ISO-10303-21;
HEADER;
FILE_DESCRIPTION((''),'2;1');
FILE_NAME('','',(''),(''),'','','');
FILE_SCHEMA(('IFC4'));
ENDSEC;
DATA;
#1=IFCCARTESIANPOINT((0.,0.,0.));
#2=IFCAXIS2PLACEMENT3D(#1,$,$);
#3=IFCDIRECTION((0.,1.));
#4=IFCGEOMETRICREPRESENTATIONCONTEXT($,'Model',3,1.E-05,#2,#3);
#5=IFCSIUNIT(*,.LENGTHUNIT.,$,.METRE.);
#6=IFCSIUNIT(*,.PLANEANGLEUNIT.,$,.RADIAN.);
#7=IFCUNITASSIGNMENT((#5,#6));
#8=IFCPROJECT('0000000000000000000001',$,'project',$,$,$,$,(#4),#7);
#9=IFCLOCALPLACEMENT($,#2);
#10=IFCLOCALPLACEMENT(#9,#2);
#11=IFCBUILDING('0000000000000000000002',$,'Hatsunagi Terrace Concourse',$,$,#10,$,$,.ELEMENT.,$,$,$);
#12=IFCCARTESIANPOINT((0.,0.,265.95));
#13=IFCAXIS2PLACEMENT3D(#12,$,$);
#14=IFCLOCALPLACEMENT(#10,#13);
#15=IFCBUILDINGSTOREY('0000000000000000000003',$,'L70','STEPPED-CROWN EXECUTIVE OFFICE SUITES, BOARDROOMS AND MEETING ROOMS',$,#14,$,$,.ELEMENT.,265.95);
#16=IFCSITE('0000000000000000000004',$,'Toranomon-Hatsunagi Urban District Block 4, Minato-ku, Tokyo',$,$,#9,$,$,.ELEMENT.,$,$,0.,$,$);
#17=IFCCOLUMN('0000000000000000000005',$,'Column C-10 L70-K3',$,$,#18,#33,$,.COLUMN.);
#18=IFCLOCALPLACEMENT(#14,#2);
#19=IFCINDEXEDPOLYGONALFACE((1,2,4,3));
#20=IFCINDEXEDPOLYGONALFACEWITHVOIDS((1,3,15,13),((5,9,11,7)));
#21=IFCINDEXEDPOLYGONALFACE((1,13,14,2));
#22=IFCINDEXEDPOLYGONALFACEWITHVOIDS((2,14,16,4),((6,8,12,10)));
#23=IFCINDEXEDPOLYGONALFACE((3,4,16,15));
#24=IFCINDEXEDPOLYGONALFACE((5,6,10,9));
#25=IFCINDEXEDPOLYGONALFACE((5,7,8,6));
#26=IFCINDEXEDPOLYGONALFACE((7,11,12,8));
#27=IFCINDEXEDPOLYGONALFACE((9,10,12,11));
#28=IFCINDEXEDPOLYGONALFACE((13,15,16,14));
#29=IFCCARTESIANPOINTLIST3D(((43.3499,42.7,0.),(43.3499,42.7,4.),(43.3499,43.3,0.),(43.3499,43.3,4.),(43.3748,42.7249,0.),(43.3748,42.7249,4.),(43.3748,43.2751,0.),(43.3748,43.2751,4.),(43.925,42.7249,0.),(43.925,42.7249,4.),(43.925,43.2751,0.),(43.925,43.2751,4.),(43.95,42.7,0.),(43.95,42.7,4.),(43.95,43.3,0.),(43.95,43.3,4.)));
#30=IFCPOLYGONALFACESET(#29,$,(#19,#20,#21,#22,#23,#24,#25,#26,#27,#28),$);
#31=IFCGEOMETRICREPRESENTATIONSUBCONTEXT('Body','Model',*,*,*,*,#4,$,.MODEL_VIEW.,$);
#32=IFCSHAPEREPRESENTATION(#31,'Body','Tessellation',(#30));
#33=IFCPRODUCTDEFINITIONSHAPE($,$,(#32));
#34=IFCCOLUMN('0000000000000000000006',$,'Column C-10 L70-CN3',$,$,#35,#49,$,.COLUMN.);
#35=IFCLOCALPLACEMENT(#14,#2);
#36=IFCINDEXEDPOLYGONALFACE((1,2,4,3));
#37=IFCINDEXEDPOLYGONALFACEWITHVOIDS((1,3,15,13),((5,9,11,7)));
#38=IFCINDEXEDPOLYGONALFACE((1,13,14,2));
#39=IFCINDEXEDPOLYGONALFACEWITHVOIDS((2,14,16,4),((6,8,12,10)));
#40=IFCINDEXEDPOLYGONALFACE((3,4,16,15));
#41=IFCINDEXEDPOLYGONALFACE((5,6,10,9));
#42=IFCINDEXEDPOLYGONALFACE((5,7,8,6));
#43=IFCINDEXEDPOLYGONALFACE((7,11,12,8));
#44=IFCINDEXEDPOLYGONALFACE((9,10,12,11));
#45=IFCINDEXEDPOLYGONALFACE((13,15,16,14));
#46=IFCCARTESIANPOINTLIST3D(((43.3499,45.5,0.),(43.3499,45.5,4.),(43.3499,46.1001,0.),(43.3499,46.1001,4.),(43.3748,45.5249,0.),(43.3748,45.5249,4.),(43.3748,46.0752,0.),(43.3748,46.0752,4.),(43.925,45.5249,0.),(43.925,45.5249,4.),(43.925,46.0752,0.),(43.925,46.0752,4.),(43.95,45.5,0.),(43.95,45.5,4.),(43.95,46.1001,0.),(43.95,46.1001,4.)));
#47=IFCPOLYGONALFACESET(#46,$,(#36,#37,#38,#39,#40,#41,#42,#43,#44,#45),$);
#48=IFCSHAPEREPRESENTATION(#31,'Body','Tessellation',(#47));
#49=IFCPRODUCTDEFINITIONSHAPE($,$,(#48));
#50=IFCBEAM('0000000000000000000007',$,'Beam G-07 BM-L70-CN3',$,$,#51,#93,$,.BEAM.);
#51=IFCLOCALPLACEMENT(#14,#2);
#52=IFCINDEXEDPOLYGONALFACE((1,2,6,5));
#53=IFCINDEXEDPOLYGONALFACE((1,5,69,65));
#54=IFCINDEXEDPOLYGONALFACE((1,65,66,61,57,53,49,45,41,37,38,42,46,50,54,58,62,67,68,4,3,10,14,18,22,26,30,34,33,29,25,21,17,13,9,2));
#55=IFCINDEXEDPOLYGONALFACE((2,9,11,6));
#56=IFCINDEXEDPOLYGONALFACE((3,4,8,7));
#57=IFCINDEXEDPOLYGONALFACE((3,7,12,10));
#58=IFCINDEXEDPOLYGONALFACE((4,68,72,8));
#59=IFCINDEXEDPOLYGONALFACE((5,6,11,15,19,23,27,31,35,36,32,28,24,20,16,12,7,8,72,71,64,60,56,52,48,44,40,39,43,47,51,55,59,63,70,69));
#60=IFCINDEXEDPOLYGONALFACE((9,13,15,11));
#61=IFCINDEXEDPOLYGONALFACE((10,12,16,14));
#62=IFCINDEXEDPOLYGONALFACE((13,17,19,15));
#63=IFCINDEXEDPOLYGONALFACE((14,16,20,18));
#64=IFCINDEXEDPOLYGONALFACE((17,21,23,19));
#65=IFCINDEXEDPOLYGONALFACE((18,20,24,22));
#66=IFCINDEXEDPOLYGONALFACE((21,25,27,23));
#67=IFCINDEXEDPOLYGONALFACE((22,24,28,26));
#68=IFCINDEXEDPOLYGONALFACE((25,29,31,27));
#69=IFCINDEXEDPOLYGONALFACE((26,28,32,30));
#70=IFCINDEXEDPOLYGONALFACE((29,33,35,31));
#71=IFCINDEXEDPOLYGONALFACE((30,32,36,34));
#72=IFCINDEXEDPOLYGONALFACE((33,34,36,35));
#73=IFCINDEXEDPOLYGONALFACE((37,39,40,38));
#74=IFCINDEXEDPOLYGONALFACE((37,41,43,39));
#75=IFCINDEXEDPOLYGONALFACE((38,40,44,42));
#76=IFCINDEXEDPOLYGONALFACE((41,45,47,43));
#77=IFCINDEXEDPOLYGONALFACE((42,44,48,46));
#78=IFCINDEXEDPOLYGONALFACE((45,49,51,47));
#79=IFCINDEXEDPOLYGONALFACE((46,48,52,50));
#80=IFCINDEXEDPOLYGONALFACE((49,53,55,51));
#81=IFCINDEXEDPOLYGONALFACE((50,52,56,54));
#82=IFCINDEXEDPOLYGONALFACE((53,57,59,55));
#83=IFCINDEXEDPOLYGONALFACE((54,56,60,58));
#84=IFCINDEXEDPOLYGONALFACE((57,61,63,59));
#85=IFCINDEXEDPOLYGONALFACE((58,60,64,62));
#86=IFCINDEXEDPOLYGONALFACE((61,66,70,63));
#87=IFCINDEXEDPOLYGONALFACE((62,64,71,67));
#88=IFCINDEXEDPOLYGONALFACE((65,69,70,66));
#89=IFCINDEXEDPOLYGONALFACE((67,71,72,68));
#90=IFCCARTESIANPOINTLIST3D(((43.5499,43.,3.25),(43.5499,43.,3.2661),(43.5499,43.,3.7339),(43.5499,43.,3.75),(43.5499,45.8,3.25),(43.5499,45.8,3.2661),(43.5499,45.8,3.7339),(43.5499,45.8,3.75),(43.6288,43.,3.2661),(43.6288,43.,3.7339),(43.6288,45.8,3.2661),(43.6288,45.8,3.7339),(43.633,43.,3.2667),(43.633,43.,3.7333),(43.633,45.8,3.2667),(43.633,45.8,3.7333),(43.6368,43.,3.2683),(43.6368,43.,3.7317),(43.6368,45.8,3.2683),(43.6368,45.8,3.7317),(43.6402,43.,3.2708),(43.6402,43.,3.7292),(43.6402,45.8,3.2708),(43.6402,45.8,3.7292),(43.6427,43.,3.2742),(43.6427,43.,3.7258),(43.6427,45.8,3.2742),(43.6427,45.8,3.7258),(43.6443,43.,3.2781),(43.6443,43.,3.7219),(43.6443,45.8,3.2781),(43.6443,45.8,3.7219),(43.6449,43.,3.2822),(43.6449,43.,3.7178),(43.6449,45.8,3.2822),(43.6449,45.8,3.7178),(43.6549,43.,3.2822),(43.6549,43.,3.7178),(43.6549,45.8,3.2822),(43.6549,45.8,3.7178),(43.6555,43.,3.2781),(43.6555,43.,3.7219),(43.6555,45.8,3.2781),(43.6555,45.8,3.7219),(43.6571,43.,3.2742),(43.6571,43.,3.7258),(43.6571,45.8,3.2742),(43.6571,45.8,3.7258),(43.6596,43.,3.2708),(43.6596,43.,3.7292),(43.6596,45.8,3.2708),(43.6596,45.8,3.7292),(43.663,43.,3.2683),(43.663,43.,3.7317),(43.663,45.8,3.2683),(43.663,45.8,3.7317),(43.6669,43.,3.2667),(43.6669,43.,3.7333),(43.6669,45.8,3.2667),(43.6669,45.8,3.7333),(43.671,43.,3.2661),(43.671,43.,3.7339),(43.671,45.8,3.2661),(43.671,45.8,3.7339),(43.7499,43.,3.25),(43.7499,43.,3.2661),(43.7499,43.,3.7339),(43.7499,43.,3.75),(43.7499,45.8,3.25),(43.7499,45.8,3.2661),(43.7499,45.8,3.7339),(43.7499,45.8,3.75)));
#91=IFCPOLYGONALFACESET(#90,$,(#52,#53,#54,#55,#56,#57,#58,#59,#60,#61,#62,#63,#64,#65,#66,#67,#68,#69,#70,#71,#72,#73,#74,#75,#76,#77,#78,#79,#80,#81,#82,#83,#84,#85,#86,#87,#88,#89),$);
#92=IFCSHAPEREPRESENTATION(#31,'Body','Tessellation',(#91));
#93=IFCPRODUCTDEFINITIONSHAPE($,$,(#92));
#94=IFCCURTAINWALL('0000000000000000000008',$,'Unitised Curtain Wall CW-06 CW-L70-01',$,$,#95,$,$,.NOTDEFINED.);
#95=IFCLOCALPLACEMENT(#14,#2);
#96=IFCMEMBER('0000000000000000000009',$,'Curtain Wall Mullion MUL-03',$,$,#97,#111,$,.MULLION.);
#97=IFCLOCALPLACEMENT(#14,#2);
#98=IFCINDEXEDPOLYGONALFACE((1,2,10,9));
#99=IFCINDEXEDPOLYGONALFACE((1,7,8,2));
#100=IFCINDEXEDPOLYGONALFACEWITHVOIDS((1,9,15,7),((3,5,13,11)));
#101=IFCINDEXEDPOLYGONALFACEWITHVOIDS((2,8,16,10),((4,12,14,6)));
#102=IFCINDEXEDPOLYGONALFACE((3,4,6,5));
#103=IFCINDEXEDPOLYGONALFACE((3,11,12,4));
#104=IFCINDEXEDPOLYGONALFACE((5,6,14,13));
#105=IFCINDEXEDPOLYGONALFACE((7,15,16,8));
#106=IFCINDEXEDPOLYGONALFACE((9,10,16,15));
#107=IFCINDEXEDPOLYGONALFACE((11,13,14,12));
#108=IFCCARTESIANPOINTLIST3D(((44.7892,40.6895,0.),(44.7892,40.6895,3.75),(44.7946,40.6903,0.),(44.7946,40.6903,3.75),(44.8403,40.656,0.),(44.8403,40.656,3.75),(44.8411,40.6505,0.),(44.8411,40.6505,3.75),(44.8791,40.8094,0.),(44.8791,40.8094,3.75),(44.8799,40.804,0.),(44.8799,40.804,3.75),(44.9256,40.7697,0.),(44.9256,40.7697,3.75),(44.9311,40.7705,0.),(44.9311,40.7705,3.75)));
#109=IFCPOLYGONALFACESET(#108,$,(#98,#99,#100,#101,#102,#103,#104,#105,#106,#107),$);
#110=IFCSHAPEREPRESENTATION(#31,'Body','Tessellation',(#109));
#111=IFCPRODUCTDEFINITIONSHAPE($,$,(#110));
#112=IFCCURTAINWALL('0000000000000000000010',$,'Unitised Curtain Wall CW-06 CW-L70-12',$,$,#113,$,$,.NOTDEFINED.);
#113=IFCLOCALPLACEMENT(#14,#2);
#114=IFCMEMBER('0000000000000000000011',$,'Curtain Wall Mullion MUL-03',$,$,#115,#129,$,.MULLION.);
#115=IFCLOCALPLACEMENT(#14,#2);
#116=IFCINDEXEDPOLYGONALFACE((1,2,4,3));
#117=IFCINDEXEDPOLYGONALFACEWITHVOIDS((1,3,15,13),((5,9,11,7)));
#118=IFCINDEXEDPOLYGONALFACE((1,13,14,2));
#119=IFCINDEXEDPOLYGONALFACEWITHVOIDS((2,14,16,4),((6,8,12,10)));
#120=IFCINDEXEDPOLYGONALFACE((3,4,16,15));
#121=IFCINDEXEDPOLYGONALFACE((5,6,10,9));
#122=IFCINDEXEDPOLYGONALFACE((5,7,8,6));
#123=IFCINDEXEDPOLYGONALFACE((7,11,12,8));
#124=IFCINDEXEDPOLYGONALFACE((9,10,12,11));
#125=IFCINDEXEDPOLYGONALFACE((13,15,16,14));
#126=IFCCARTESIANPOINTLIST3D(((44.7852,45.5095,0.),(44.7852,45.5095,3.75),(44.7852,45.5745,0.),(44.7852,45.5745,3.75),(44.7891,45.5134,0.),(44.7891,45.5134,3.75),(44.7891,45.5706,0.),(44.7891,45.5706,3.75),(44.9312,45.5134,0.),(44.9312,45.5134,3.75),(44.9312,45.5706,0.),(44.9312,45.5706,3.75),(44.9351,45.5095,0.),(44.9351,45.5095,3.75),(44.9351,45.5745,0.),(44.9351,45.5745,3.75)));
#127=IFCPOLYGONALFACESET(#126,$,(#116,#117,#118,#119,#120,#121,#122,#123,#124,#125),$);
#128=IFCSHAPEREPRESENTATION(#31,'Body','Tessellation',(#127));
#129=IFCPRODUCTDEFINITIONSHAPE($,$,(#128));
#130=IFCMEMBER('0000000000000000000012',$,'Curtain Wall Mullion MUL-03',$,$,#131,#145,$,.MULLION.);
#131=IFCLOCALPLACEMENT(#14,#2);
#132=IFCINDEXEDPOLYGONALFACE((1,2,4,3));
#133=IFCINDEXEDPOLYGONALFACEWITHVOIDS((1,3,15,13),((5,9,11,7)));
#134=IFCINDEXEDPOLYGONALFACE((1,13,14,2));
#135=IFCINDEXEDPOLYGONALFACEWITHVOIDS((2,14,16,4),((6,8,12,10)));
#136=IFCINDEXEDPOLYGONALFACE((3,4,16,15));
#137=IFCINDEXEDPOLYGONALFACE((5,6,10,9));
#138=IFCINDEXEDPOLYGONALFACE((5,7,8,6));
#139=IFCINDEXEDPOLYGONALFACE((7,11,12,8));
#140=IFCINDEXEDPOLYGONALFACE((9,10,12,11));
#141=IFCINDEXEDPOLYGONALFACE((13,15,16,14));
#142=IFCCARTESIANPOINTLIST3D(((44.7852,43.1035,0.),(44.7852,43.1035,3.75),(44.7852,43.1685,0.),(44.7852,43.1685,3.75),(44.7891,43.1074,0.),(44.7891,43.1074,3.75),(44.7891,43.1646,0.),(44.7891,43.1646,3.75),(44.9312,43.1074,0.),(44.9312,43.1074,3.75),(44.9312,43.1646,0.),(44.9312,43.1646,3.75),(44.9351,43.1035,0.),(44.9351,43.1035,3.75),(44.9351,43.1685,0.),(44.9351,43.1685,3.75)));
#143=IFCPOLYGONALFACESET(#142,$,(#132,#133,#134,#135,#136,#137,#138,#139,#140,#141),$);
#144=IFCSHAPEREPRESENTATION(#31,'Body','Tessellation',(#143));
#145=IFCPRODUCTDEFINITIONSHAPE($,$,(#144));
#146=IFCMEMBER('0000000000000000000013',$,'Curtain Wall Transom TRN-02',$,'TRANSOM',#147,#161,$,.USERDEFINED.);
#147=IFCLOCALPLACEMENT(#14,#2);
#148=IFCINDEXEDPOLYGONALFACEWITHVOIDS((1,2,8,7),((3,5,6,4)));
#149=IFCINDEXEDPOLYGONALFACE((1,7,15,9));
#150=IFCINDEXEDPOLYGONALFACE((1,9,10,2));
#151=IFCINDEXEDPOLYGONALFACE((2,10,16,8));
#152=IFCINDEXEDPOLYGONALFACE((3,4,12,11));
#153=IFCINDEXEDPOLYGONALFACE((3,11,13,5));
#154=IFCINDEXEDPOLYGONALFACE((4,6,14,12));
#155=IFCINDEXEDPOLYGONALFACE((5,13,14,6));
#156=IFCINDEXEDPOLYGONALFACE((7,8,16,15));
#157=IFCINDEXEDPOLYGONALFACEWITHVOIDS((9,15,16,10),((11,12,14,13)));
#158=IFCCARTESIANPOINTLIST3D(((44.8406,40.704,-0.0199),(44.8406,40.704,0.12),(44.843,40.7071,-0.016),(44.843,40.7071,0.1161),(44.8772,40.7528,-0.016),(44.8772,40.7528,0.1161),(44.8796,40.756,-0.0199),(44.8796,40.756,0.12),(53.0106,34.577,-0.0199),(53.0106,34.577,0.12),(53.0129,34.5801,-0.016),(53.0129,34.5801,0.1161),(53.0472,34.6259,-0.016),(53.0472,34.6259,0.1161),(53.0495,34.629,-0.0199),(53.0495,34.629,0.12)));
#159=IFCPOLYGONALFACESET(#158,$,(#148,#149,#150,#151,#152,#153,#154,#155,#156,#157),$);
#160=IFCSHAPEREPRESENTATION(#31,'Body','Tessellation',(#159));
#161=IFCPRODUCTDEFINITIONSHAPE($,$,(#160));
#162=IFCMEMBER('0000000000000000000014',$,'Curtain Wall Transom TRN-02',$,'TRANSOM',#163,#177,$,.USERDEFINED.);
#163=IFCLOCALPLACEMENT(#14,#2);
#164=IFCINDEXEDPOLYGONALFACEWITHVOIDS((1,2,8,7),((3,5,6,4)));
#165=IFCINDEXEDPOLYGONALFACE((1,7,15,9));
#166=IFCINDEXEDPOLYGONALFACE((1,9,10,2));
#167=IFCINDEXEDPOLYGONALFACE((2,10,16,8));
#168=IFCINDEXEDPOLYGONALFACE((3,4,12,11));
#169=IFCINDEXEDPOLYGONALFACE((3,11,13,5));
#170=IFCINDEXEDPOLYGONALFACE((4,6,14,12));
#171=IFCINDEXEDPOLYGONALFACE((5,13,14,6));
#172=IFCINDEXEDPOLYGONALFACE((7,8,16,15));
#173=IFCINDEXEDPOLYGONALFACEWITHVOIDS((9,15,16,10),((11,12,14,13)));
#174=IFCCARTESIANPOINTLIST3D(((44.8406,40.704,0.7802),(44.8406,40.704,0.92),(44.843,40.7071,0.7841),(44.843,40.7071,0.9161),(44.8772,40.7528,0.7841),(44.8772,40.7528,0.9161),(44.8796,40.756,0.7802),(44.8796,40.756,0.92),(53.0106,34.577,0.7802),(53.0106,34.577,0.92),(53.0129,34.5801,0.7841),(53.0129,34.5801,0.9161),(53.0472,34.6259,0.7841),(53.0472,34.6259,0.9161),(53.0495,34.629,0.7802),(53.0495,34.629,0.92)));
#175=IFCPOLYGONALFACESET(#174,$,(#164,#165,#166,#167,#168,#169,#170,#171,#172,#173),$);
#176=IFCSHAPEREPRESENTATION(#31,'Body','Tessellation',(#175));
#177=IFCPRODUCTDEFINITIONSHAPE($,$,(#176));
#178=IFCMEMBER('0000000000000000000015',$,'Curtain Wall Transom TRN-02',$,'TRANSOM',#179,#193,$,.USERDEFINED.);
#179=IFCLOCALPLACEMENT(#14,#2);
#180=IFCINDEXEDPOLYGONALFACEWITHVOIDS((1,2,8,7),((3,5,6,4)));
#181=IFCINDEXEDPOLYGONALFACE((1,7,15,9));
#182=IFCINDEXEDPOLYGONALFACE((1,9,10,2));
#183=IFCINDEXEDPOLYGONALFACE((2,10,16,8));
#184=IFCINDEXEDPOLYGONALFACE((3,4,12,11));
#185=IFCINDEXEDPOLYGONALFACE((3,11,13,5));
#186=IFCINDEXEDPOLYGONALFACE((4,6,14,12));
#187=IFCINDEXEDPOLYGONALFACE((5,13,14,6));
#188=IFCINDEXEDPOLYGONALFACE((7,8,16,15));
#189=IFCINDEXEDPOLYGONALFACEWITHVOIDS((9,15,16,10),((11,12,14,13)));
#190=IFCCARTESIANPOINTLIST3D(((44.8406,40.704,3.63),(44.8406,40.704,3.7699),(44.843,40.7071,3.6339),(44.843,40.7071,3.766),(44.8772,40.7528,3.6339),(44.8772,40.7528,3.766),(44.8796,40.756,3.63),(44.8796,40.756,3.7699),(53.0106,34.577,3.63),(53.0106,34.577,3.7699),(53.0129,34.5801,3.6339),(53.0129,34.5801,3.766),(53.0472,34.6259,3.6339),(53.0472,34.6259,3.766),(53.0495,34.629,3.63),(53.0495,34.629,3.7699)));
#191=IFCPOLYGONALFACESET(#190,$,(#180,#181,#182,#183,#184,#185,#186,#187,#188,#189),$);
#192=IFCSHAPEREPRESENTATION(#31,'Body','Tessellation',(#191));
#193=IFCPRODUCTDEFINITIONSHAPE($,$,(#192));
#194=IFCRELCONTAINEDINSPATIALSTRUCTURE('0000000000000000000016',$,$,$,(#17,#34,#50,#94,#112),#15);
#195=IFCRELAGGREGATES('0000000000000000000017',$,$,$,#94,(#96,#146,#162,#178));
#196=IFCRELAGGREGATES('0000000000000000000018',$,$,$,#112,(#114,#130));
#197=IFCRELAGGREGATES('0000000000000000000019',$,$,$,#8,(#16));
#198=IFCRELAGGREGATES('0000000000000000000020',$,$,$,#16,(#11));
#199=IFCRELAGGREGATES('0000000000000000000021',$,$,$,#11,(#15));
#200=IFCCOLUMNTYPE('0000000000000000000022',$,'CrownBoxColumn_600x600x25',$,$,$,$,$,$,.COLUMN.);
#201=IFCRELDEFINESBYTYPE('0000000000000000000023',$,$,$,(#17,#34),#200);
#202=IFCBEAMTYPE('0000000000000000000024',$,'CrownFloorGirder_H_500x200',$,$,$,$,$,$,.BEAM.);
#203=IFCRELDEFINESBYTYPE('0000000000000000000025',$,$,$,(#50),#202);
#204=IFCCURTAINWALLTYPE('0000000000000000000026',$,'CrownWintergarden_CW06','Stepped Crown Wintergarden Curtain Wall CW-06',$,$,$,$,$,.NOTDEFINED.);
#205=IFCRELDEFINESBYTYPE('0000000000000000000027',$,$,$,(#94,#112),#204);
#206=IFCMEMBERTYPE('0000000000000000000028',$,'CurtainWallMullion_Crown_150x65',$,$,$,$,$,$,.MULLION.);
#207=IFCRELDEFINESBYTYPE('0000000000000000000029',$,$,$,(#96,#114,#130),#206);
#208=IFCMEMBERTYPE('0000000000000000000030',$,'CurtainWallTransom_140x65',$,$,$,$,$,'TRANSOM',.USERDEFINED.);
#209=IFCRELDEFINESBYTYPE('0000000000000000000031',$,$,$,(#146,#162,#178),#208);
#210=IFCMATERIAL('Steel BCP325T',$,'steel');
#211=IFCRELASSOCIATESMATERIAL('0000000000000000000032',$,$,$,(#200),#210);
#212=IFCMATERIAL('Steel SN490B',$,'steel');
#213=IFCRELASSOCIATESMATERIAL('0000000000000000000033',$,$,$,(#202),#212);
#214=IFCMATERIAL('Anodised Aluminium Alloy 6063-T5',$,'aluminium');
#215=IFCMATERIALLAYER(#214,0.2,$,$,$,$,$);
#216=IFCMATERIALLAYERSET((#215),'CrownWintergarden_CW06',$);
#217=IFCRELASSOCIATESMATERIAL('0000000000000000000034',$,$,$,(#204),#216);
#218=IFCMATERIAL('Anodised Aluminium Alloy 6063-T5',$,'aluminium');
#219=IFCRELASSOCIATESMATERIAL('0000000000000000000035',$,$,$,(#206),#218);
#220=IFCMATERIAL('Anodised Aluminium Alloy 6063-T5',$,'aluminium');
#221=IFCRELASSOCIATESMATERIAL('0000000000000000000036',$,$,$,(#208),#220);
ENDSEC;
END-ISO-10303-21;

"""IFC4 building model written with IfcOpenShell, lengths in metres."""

from ifc_helpers import new_model, si_unit, direction, frame, origin, origin_2d, place, context, subcontext, project, spatial, hollow_rectangle, i_section, extrude, material, layer, layer_set, material_profile, profile_set, type_object, element, aggregate, save


model = new_model("IFC4")

# Units and contexts
model_context = context("Model", 3, precision=1e-05, world=origin(), true_north=direction((0.0, 1.0)))
body_context = subcontext(model_context, "Body", "Model", "MODEL_VIEW")
ifc_project = project(units=[si_unit("LENGTHUNIT", "METRE"), si_unit("PLANEANGLEUNIT", "RADIAN")], contexts=[model_context])

# Site, building, storey
site_placement = place(None, origin())
site = spatial("IfcSite", under=ifc_project, at=site_placement, Name="Toranomon-Hatsunagi Urban District Block 4, Minato-ku, Tokyo", CompositionType="ELEMENT", RefElevation=0.0)
building_placement = place(site_placement, origin())
building = spatial("IfcBuilding", under=site, at=building_placement, Name="Hatsunagi Terrace Concourse", CompositionType="ELEMENT")
storey_placement = place(building_placement, frame((0.0, 0.0, 265.95)))
storey = spatial("IfcBuildingStorey", under=building, at=storey_placement, Name="L70", Description="STEPPED-CROWN EXECUTIVE OFFICE SUITES, BOARDROOMS AND MEETING ROOMS", CompositionType="ELEMENT", Elevation=265.95)

# Columns
ifc_material_1 = material(Name="Steel BCP325T", Category="steel")
ifc_material_profile_1 = material_profile(ifc_material_1, hollow_rectangle(XDim=0.6001, YDim=0.6001, WallThickness=0.0249, at=origin_2d()), Name="BCP-600x600x25")
ifc_profile_set_1 = profile_set([ifc_material_profile_1], Name="Steel BCP325T")
column_type = type_object("IfcColumnType", Name="CrownBoxColumn_600x600x25", PredefinedType="COLUMN", material=ifc_profile_set_1)
for number, where, z_axis, x_axis, name in (
    (1, (43.6499, 43.0, 0.0), (0.0, 0.0, 1.0), (1.0, 0.0, 0.0), "Column C-10 L70-K3"),
    (2, (43.6499, 45.8, 0.0), (0.0, 0.0, 1.0), (1.0, 0.0, 0.0), "Column C-10 L70-CN3"),
):
    element("IfcColumn", number, at=place(storey_placement, frame(where, z_axis=z_axis, x_axis=x_axis)), inside=storey, type_object=column_type, Name=name, PredefinedType="COLUMN", context=body_context, shape_type="SweptSolid", body=[
        extrude(hollow_rectangle(XDim=0.6001, YDim=0.6001, WallThickness=0.0249, at=origin_2d()), origin(), (0.0, 0.0, 1.0), 4.0),
    ])

# Beam
ifc_material_2 = material(Name="Steel SN490B", Category="steel")
ifc_material_profile_2 = material_profile(ifc_material_2, i_section(OverallWidth=0.2, OverallDepth=0.5, WebThickness=0.01, FlangeThickness=0.0161, FilletRadius=0.0161, at=origin_2d()), Name="H-500x200x10x16")
ifc_profile_set_2 = profile_set([ifc_material_profile_2], Name="Steel SN490B")
beam_type = type_object("IfcBeamType", Name="CrownFloorGirder_H_500x200", PredefinedType="BEAM", material=ifc_profile_set_2)
beam_placement = place(storey_placement, frame((43.6499, 43.0, 3.5), z_axis=(0.0, 1.0, 0.0), x_axis=(-1.0, 0.0, 0.0)))
element("IfcBeam", 3, at=beam_placement, inside=storey, type_object=beam_type, Name="Beam G-07 BM-L70-CN3", PredefinedType="BEAM", context=body_context, shape_type="SweptSolid", body=[
    extrude(i_section(OverallWidth=0.2, OverallDepth=0.5, WebThickness=0.01, FlangeThickness=0.0161, FilletRadius=0.0161, at=origin_2d()), origin(), (0.0, 0.0, 1.0), 2.8),
])

# Curtain wall, member
ifc_material_3 = material(Name="Anodised Aluminium Alloy 6063-T5", Category="aluminium")
ifc_layer_1 = layer(ifc_material_3, 0.2)
ifc_layer_set_1 = layer_set([ifc_layer_1], Name="CrownWintergarden_CW06")
curtain_wall_type = type_object("IfcCurtainWallType", Name="CrownWintergarden_CW06", Description="Stepped Crown Wintergarden Curtain Wall CW-06", PredefinedType="NOTDEFINED", material=ifc_layer_set_1)
curtain_wall_1_placement = place(storey_placement, origin())
curtain_wall_1 = element("IfcCurtainWall", 4, at=curtain_wall_1_placement, inside=storey, type_object=curtain_wall_type, Name="Unitised Curtain Wall CW-06 CW-L70-01", PredefinedType="NOTDEFINED")
ifc_material_4 = material(Name="Anodised Aluminium Alloy 6063-T5", Category="aluminium")
ifc_material_profile_3 = material_profile(ifc_material_4, hollow_rectangle(XDim=0.0649, YDim=0.1499, WallThickness=0.0039, at=origin_2d()), Name="ALU-MUL-150x65x4")
ifc_profile_set_3 = profile_set([ifc_material_profile_3], Name="Anodised Aluminium Alloy 6063-T5")
member_type_1 = type_object("IfcMemberType", Name="CurtainWallMullion_Crown_150x65", PredefinedType="MULLION", material=ifc_profile_set_3)
member_1_placement = place(storey_placement, frame((44.8601, 40.73, 0.0), z_axis=(0.0, 0.0, 1.0), x_axis=(0.800023, -0.599969, 0.0)))
member_1 = element("IfcMember", 5, at=member_1_placement, type_object=member_type_1, Name="Curtain Wall Mullion MUL-03", PredefinedType="MULLION", context=body_context, shape_type="SweptSolid", body=[
    extrude(hollow_rectangle(XDim=0.0649, YDim=0.1499, WallThickness=0.0039, at=origin_2d()), origin(), (0.0, 0.0, 1.0), 3.75),
])

# Curtain wall, members
curtain_wall_2_placement = place(storey_placement, origin())
curtain_wall_2 = element("IfcCurtainWall", 6, at=curtain_wall_2_placement, inside=storey, type_object=curtain_wall_type, Name="Unitised Curtain Wall CW-06 CW-L70-12", PredefinedType="NOTDEFINED")
member_2_placement = place(storey_placement, frame((44.8601, 45.542, 0.0), z_axis=(0.0, 0.0, 1.0), x_axis=(0.0, -1.0, 0.0)))
member_2 = element("IfcMember", 7, at=member_2_placement, type_object=member_type_1, Name="Curtain Wall Mullion MUL-03", PredefinedType="MULLION", context=body_context, shape_type="SweptSolid", body=[
    extrude(hollow_rectangle(XDim=0.0649, YDim=0.1499, WallThickness=0.0039, at=origin_2d()), origin(), (0.0, 0.0, 1.0), 3.75),
])
member_3_placement = place(storey_placement, frame((44.8601, 43.136, 0.0), z_axis=(0.0, 0.0, 1.0), x_axis=(0.0, -1.0, 0.0)))
member_3 = element("IfcMember", 8, at=member_3_placement, type_object=member_type_1, Name="Curtain Wall Mullion MUL-03", PredefinedType="MULLION", context=body_context, shape_type="SweptSolid", body=[
    extrude(hollow_rectangle(XDim=0.0649, YDim=0.1499, WallThickness=0.0039, at=origin_2d()), origin(), (0.0, 0.0, 1.0), 3.75),
])

# Members
ifc_material_5 = material(Name="Anodised Aluminium Alloy 6063-T5", Category="aluminium")
ifc_material_profile_4 = material_profile(ifc_material_5, hollow_rectangle(XDim=0.0649, YDim=0.1399, WallThickness=0.0039, at=origin_2d()), Name="ALU-TRN-140x65x4")
ifc_profile_set_4 = profile_set([ifc_material_profile_4], Name="Anodised Aluminium Alloy 6063-T5")
member_type_2 = type_object("IfcMemberType", Name="CurtainWallTransom_140x65", ElementType="TRANSOM", PredefinedType="USERDEFINED", material=ifc_profile_set_4)
member_4_placement = place(storey_placement, frame((44.8601, 40.73, 0.05), z_axis=(0.800023, -0.599969, 0.0), x_axis=(0.599969, 0.800023, 0.0)))
member_4 = element("IfcMember", 9, at=member_4_placement, type_object=member_type_2, Name="Curtain Wall Transom TRN-02", ObjectType="TRANSOM", PredefinedType="USERDEFINED", context=body_context, shape_type="SweptSolid", body=[
    extrude(hollow_rectangle(XDim=0.0649, YDim=0.1399, WallThickness=0.0039, at=origin_2d()), origin(), (0.0, 0.0, 1.0), 10.2122),
])
member_5_placement = place(storey_placement, frame((44.8601, 40.73, 0.8501), z_axis=(0.800023, -0.599969, 0.0), x_axis=(0.599969, 0.800023, 0.0)))
member_5 = element("IfcMember", 10, at=member_5_placement, type_object=member_type_2, Name="Curtain Wall Transom TRN-02", ObjectType="TRANSOM", PredefinedType="USERDEFINED", context=body_context, shape_type="SweptSolid", body=[
    extrude(hollow_rectangle(XDim=0.0649, YDim=0.1399, WallThickness=0.0039, at=origin_2d()), origin(), (0.0, 0.0, 1.0), 10.2122),
])
member_6_placement = place(storey_placement, frame((44.8601, 40.73, 3.7), z_axis=(0.800023, -0.599969, 0.0), x_axis=(0.599969, 0.800023, 0.0)))
member_6 = element("IfcMember", 11, at=member_6_placement, type_object=member_type_2, Name="Curtain Wall Transom TRN-02", ObjectType="TRANSOM", PredefinedType="USERDEFINED", context=body_context, shape_type="SweptSolid", body=[
    extrude(hollow_rectangle(XDim=0.0649, YDim=0.1399, WallThickness=0.0039, at=origin_2d()), origin(), (0.0, 0.0, 1.0), 10.2122),
])
aggregate(curtain_wall_1, [member_1, member_4, member_5, member_6])

aggregate(curtain_wall_2, [member_2, member_3])

save(model, "model.ifc")
